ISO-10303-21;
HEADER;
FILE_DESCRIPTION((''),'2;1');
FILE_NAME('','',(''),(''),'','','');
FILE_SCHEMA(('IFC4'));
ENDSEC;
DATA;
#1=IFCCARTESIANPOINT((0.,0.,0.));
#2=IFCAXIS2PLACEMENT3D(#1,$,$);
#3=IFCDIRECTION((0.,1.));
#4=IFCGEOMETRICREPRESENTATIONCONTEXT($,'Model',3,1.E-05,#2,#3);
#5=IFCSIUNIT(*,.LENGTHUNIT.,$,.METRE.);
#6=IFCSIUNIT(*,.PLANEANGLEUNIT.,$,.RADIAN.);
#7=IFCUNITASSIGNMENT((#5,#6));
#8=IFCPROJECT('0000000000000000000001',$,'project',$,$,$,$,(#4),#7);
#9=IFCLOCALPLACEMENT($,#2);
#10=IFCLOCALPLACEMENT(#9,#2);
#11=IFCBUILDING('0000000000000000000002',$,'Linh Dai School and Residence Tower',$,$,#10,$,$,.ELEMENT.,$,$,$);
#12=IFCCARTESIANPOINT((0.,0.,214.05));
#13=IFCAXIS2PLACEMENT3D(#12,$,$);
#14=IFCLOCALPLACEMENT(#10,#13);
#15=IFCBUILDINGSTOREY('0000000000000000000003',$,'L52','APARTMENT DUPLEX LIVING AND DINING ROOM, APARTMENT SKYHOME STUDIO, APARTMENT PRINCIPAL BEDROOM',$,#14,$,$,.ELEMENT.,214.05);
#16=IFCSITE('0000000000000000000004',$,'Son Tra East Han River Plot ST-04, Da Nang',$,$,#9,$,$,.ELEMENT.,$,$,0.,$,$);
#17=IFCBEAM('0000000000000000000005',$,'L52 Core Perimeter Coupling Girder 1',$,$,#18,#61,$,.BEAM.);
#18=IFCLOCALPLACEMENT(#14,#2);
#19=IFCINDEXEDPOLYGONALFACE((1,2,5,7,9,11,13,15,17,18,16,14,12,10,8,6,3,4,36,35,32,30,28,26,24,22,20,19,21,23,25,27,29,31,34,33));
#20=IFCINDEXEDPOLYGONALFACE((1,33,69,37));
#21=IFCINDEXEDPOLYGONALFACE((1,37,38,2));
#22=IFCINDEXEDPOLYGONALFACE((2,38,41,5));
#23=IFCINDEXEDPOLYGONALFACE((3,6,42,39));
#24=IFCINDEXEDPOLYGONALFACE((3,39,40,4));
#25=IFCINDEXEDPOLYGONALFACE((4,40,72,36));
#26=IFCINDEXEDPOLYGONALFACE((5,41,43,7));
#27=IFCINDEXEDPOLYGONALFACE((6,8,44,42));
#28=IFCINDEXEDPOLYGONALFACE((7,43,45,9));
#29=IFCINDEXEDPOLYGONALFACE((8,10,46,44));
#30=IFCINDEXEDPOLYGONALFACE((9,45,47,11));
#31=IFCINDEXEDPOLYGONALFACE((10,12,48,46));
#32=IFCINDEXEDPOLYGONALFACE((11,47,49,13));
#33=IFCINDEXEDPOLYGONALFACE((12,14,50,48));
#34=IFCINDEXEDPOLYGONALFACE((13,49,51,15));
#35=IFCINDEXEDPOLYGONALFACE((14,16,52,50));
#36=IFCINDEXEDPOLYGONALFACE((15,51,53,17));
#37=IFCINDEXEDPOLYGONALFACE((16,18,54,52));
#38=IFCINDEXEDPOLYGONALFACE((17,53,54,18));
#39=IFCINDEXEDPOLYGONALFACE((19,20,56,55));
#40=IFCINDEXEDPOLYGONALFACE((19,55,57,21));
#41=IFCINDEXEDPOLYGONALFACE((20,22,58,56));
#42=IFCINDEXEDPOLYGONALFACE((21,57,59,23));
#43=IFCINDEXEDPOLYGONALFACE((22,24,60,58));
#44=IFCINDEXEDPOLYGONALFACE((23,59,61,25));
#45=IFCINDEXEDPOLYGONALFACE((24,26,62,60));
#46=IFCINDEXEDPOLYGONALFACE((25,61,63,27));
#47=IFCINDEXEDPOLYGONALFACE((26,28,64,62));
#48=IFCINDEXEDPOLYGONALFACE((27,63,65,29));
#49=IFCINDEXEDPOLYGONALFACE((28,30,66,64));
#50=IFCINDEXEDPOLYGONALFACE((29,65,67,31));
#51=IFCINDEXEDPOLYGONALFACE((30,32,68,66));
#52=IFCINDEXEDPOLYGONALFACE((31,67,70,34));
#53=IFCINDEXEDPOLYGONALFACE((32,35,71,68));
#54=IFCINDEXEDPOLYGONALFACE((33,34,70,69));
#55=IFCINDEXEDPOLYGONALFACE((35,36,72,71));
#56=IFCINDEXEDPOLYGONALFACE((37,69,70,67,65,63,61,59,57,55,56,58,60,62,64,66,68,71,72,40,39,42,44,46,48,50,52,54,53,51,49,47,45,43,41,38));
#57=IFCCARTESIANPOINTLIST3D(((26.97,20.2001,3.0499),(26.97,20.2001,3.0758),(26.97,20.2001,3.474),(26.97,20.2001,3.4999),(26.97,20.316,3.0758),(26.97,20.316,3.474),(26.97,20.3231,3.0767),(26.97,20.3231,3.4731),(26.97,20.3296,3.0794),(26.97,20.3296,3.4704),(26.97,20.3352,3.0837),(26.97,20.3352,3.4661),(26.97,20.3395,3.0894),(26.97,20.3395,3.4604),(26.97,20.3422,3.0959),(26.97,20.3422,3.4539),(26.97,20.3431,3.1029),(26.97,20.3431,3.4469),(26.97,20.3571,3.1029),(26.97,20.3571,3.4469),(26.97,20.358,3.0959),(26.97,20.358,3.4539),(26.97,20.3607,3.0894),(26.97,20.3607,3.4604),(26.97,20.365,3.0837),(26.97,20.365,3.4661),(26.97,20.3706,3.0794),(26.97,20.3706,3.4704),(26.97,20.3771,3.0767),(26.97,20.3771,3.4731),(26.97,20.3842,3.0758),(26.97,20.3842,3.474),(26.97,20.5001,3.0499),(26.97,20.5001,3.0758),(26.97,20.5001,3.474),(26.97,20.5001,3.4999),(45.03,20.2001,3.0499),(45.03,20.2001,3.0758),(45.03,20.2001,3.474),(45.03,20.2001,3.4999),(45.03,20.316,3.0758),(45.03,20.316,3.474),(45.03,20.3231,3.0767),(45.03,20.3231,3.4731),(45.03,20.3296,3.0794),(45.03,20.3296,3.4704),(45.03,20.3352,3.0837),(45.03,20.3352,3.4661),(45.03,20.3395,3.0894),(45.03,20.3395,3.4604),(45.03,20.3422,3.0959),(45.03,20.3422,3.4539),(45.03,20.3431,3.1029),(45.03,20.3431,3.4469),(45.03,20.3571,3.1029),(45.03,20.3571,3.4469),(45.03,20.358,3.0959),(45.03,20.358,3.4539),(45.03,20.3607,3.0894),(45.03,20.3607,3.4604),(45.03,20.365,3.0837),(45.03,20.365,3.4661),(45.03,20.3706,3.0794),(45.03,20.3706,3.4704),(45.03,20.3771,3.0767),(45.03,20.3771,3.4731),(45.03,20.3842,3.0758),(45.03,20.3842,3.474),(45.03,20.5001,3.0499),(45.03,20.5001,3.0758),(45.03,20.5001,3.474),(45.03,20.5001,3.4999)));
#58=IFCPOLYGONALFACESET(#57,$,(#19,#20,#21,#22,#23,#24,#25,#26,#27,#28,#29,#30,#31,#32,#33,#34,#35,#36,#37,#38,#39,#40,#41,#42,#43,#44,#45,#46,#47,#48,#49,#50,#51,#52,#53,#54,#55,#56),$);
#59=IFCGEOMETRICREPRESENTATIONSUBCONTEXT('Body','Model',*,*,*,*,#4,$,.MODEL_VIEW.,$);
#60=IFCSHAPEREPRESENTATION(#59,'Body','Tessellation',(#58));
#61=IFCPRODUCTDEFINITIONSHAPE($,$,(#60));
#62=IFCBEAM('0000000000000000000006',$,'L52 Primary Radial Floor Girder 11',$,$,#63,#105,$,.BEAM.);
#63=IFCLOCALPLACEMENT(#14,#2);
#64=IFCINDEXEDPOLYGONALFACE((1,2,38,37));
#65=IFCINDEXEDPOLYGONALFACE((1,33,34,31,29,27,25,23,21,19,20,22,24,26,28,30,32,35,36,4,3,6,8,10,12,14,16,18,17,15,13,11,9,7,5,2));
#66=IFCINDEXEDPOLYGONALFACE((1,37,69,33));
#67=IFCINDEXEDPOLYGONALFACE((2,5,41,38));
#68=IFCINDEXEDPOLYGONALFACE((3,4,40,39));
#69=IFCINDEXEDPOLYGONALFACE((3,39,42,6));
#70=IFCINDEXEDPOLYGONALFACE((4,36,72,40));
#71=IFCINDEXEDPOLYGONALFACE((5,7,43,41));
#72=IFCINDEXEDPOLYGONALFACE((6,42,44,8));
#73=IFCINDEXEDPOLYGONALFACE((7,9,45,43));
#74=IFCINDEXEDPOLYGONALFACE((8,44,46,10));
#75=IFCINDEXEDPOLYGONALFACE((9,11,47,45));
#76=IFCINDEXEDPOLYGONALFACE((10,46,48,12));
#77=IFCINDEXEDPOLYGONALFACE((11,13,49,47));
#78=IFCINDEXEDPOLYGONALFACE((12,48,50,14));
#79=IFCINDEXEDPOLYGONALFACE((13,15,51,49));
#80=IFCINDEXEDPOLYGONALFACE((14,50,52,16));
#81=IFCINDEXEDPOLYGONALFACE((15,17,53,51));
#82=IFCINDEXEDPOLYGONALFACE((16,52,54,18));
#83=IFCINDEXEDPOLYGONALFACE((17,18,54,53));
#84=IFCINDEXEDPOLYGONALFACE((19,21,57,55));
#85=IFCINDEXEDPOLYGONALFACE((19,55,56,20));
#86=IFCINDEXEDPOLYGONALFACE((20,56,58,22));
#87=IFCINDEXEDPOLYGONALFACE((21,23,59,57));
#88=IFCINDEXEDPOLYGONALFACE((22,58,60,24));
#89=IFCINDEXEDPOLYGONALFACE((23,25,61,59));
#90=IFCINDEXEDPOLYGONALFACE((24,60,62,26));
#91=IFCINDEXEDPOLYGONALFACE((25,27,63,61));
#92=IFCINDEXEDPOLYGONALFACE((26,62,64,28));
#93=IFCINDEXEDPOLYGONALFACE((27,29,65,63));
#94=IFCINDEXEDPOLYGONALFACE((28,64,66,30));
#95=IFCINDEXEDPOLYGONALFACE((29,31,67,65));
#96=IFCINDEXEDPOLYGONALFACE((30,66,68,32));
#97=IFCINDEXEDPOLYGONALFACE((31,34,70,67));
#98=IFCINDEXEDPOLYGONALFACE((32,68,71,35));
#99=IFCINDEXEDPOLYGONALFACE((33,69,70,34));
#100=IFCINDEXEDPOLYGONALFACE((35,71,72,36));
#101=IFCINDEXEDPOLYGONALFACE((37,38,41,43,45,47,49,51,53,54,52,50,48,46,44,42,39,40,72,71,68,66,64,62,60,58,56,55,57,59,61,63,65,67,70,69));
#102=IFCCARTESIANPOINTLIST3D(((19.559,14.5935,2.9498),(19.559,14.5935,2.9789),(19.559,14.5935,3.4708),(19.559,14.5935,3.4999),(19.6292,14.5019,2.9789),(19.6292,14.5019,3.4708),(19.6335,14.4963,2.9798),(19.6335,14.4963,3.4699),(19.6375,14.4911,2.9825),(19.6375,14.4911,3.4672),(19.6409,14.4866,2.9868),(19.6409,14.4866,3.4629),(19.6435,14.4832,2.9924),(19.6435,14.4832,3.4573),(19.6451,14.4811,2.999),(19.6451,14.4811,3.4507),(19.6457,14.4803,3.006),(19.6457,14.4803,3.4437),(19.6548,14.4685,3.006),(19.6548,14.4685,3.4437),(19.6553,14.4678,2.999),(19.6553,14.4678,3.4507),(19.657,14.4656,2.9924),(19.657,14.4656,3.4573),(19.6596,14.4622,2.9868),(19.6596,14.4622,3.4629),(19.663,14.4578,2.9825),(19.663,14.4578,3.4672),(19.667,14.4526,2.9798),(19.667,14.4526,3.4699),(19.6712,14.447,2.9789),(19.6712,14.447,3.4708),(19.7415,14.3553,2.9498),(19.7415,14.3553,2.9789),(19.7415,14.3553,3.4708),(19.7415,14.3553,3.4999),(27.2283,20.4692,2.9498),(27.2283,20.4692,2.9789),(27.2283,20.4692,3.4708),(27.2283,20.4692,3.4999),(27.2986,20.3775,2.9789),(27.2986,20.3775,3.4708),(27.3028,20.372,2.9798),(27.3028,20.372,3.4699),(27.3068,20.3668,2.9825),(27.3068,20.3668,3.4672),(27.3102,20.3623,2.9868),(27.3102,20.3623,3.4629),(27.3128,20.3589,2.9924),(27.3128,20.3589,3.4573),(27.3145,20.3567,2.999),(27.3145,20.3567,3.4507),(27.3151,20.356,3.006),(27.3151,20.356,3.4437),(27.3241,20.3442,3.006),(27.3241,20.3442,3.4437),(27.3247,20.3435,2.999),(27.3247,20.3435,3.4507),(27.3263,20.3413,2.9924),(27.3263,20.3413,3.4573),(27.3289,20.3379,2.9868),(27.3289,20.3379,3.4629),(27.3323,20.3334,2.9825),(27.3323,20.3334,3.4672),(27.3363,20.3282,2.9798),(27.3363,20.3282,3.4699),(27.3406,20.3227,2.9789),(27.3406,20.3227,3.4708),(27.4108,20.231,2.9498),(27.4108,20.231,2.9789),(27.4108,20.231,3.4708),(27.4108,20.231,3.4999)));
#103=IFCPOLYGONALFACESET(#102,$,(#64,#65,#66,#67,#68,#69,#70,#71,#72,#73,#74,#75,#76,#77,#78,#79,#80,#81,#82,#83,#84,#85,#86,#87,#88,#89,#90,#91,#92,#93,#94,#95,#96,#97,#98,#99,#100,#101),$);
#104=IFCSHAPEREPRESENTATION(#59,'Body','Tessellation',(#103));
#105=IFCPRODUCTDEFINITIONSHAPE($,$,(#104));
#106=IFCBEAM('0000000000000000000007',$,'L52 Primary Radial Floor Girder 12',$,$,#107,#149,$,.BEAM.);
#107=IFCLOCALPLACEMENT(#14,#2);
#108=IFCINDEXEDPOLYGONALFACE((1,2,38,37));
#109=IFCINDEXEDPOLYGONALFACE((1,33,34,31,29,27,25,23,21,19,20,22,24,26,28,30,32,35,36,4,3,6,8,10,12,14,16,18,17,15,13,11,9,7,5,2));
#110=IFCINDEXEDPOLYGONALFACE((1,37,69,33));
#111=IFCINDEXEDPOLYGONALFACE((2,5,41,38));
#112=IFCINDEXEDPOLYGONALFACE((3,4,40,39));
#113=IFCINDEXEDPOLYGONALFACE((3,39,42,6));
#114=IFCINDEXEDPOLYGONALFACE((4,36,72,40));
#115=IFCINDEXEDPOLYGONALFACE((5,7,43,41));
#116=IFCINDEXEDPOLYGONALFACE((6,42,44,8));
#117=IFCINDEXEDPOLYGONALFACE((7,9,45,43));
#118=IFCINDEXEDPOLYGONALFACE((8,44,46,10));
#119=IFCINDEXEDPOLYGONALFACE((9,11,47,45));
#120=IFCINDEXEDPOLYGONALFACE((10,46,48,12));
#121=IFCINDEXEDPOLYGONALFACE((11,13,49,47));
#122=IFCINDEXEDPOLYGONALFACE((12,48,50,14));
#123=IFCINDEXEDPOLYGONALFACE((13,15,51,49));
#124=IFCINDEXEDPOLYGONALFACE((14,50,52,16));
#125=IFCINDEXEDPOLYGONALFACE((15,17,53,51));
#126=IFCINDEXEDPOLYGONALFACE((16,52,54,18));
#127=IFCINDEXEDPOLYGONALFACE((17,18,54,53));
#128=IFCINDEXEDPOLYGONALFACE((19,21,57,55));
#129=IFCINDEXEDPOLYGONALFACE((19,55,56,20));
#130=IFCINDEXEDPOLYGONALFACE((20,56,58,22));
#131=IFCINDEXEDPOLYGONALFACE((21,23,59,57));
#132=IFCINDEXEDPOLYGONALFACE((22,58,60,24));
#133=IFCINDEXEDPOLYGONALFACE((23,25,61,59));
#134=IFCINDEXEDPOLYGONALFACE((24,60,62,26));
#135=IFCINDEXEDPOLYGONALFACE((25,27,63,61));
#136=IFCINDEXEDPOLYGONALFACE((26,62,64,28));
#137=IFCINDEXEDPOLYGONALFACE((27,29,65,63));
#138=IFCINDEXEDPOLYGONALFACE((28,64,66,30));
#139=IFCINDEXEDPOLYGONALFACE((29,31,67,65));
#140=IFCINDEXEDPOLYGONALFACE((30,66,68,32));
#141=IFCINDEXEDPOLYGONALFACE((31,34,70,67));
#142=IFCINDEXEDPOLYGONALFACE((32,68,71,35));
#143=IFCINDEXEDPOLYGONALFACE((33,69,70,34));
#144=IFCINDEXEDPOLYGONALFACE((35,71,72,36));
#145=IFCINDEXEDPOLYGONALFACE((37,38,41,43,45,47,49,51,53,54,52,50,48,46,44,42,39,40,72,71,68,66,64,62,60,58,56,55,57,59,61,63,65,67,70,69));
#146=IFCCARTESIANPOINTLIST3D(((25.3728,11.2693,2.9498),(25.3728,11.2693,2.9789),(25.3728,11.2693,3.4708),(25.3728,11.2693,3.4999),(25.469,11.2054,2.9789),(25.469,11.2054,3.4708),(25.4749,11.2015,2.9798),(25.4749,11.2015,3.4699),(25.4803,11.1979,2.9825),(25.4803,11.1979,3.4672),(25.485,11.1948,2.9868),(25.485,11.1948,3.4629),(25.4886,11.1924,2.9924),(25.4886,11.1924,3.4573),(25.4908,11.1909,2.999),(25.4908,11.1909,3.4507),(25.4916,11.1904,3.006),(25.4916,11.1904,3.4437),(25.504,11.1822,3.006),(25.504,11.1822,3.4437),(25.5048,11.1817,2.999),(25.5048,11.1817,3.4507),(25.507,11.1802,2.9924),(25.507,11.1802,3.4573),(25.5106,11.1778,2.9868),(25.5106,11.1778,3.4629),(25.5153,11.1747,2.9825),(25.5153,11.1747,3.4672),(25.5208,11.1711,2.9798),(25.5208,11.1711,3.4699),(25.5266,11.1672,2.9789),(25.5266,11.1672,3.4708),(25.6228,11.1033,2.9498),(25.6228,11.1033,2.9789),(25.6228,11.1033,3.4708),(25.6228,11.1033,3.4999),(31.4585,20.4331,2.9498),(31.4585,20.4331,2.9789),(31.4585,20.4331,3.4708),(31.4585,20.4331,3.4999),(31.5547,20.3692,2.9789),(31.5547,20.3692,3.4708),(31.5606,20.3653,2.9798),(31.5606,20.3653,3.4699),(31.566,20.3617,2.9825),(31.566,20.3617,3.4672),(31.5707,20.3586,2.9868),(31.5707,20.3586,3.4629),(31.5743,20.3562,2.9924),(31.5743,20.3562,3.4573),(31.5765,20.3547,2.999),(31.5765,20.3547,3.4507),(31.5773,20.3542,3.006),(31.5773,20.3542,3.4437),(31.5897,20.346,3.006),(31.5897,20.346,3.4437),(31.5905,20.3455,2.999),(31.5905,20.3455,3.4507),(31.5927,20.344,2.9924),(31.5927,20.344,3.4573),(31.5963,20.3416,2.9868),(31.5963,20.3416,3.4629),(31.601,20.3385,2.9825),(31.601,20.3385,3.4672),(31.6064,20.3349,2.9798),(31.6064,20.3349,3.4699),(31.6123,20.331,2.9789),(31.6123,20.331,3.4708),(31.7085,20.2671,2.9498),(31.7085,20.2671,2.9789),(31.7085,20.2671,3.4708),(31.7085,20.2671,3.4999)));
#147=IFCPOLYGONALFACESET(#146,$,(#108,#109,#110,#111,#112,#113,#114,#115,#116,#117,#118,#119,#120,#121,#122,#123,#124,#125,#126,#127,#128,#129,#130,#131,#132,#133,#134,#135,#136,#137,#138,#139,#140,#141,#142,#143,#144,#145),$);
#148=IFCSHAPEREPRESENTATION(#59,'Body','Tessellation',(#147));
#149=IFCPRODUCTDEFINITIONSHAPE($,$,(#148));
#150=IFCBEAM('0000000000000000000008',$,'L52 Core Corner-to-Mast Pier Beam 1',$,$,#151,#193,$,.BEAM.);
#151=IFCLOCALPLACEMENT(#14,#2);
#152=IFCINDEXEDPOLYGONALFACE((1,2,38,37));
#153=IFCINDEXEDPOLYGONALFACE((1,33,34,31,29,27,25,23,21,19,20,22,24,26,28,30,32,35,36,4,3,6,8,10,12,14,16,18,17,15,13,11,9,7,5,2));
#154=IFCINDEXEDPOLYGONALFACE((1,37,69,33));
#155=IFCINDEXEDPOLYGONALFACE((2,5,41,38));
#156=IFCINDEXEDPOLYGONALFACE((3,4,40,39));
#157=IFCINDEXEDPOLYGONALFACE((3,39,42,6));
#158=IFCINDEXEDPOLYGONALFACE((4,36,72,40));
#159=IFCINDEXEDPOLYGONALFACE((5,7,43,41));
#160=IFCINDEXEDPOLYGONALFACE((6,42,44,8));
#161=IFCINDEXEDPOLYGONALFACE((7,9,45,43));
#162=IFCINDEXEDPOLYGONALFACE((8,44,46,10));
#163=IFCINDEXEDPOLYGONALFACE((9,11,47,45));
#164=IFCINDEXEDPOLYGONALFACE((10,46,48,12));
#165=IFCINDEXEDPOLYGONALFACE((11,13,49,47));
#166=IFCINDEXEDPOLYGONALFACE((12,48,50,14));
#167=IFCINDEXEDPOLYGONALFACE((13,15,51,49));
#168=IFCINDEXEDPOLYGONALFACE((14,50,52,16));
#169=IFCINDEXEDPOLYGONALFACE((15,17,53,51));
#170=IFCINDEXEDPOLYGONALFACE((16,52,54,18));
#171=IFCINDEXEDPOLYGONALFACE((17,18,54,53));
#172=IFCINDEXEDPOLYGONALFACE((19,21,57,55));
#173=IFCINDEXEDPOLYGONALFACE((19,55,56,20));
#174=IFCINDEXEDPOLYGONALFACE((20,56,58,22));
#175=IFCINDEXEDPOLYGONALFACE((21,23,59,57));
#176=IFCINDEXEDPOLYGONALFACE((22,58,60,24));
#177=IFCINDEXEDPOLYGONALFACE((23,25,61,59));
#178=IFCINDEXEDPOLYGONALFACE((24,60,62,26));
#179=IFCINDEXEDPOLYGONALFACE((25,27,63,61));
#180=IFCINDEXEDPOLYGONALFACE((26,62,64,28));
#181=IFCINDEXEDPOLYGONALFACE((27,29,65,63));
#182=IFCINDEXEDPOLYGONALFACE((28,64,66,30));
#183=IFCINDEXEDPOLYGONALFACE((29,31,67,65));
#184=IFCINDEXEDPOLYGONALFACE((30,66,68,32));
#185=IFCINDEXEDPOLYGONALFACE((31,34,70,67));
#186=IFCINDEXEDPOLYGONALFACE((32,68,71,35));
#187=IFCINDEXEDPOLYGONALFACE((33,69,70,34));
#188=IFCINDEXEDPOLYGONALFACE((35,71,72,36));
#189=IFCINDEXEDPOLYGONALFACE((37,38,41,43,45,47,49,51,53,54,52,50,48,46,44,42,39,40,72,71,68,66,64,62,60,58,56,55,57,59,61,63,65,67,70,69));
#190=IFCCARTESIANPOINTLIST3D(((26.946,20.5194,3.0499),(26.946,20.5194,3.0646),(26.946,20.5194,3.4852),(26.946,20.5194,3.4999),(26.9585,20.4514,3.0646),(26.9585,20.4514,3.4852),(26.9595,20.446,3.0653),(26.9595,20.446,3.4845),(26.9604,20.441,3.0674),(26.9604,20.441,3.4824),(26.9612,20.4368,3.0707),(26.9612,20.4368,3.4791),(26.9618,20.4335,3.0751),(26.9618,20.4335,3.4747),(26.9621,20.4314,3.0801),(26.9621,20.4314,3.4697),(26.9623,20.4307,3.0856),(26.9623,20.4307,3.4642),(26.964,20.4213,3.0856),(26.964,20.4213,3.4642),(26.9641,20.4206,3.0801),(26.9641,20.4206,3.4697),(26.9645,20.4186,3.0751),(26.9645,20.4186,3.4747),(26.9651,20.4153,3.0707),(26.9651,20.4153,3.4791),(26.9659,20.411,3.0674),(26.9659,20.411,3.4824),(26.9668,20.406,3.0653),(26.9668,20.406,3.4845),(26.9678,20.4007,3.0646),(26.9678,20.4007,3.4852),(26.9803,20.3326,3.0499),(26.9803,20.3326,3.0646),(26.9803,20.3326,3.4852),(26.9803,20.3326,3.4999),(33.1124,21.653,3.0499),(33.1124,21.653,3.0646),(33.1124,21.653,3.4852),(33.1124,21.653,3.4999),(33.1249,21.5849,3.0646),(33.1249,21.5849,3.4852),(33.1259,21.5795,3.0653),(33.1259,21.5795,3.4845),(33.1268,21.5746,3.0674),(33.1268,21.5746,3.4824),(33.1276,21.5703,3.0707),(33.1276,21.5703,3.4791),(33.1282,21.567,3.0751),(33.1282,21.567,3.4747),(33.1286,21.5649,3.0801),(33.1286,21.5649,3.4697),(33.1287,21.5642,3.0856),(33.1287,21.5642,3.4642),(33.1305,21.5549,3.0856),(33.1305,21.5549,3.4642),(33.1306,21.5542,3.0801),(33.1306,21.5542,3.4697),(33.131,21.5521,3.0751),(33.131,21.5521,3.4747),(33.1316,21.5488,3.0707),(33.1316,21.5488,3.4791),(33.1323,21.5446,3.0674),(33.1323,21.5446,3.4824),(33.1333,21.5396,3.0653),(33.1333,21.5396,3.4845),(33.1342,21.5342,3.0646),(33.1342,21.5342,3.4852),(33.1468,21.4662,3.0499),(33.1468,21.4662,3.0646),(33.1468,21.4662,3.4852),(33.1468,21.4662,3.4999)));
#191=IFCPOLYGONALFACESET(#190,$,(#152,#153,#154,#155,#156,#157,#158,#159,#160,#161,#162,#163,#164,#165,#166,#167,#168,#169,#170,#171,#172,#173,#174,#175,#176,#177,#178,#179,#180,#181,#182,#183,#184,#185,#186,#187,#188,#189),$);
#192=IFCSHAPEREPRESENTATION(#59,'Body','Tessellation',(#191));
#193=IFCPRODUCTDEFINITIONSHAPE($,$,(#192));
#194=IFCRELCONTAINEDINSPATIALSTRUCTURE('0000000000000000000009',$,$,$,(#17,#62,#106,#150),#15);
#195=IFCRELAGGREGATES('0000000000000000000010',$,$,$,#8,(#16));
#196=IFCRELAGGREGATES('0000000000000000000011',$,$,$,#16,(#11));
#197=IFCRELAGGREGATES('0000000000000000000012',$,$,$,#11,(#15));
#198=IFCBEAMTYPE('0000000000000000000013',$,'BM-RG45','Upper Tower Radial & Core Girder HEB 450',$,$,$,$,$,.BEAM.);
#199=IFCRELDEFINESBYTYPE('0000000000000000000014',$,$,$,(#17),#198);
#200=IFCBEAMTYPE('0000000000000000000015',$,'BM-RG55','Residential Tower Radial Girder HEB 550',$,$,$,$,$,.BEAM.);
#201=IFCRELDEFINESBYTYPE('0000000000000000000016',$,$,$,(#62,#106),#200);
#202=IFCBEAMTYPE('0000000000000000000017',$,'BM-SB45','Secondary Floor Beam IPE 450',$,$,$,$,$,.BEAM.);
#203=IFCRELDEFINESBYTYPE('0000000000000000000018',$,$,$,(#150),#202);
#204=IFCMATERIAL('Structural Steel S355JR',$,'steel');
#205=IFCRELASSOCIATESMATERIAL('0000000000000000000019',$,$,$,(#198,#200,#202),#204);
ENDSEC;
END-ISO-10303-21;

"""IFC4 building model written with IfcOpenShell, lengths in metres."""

from ifc_helpers import new_model, si_unit, direction, frame, origin, origin_2d, place, context, subcontext, project, spatial, i_section, extrude, material, material_profile, profile_set, type_object, element, save


model = new_model("IFC4")

# Units and contexts
model_context = context("Model", 3, precision=1e-05, world=origin(), true_north=direction((0.0, 1.0)))
body_context = subcontext(model_context, "Body", "Model", "MODEL_VIEW")
ifc_project = project(units=[si_unit("LENGTHUNIT", "METRE"), si_unit("PLANEANGLEUNIT", "RADIAN")], contexts=[model_context])

# Site, building, storey
site_placement = place(None, origin())
site = spatial("IfcSite", under=ifc_project, at=site_placement, Name="Son Tra East Han River Plot ST-04, Da Nang", CompositionType="ELEMENT", RefElevation=0.0)
building_placement = place(site_placement, origin())
building = spatial("IfcBuilding", under=site, at=building_placement, Name="Linh Dai School and Residence Tower", CompositionType="ELEMENT")
storey_placement = place(building_placement, frame((0.0, 0.0, 214.05)))
storey = spatial("IfcBuildingStorey", under=building, at=storey_placement, Name="L52", Description="APARTMENT DUPLEX LIVING AND DINING ROOM, APARTMENT SKYHOME STUDIO, APARTMENT PRINCIPAL BEDROOM", CompositionType="ELEMENT", Elevation=214.05)

# Shared definitions
ifc_material_1 = material(Name="Structural Steel S355JR", Category="steel")

# Beams
ifc_material_profile_1 = material_profile(ifc_material_1, i_section(OverallWidth=0.3, OverallDepth=0.45, WebThickness=0.0139, FlangeThickness=0.0259, FilletRadius=0.0271, at=origin_2d()), Name="HEB 450")
ifc_profile_set_1 = profile_set([ifc_material_profile_1], Name="Structural Steel S355JR")
beam_type_1 = type_object("IfcBeamType", Name="BM-RG45", Description="Upper Tower Radial & Core Girder HEB 450", PredefinedType="BEAM", material=ifc_profile_set_1)
beam_1_placement = place(storey_placement, frame((26.97, 20.3501, 3.2749), z_axis=(1.0, 0.0, 0.0), x_axis=(0.0, 1.0, 0.0)))
element("IfcBeam", 1, at=beam_1_placement, inside=storey, type_object=beam_type_1, Name="L52 Core Perimeter Coupling Girder 1", PredefinedType="BEAM", context=body_context, shape_type="SweptSolid", body=[
    extrude(i_section(OverallWidth=0.3, OverallDepth=0.45, WebThickness=0.0139, FlangeThickness=0.0259, FilletRadius=0.0271, at=origin_2d()), origin(), (0.0, 0.0, 1.0), 18.0601),
])
ifc_material_profile_2 = material_profile(ifc_material_1, i_section(OverallWidth=0.3, OverallDepth=0.55, WebThickness=0.0149, FlangeThickness=0.0291, FilletRadius=0.0271, at=origin_2d()), Name="HEB 550")
ifc_profile_set_2 = profile_set([ifc_material_profile_2], Name="Structural Steel S355JR")
beam_type_2 = type_object("IfcBeamType", Name="BM-RG55", Description="Residential Tower Radial Girder HEB 550", PredefinedType="BEAM", material=ifc_profile_set_2)
beam_2_placement = place(storey_placement, frame((27.3196, 20.3501, 3.2249), z_axis=(-0.793815, -0.60816, 0.0), x_axis=(0.60816, -0.793815, 0.0)))
element("IfcBeam", 2, at=beam_2_placement, inside=storey, type_object=beam_type_2, Name="L52 Primary Radial Floor Girder 11", PredefinedType="BEAM", context=body_context, shape_type="SweptSolid", body=[
    extrude(i_section(OverallWidth=0.3, OverallDepth=0.55, WebThickness=0.0149, FlangeThickness=0.0291, FilletRadius=0.0271, at=origin_2d()), origin(), (0.0, 0.0, 1.0), 9.6614),
])
beam_3_placement = place(storey_placement, frame((31.5835, 20.3501, 3.2249), z_axis=(-0.553219, -0.833036, 0.0), x_axis=(0.833036, -0.553219, 0.0)))
element("IfcBeam", 3, at=beam_3_placement, inside=storey, type_object=beam_type_2, Name="L52 Primary Radial Floor Girder 12", PredefinedType="BEAM", context=body_context, shape_type="SweptSolid", body=[
    extrude(i_section(OverallWidth=0.3, OverallDepth=0.55, WebThickness=0.0149, FlangeThickness=0.0291, FilletRadius=0.0271, at=origin_2d()), origin(), (0.0, 0.0, 1.0), 11.0005),
])
ifc_material_profile_3 = material_profile(ifc_material_1, i_section(OverallWidth=0.1899, OverallDepth=0.45, WebThickness=0.0095, FlangeThickness=0.0146, FilletRadius=0.021, at=origin_2d()), Name="IPE 450")
ifc_profile_set_3 = profile_set([ifc_material_profile_3], Name="Structural Steel S355JR")
beam_type_3 = type_object("IfcBeamType", Name="BM-SB45", Description="Secondary Floor Beam IPE 450", PredefinedType="BEAM", material=ifc_profile_set_3)
beam_4_placement = place(storey_placement, frame((26.9631, 20.426, 3.2749), z_axis=(0.983521, 0.180794, 0.0), x_axis=(-0.180794, 0.983521, 0.0)))
element("IfcBeam", 4, at=beam_4_placement, inside=storey, type_object=beam_type_3, Name="L52 Core Corner-to-Mast Pier Beam 1", PredefinedType="BEAM", context=body_context, shape_type="SweptSolid", body=[
    extrude(i_section(OverallWidth=0.1899, OverallDepth=0.45, WebThickness=0.0095, FlangeThickness=0.0146, FilletRadius=0.021, at=origin_2d()), origin(), (0.0, 0.0, 1.0), 6.2698),
])

save(model, "model.ifc")
